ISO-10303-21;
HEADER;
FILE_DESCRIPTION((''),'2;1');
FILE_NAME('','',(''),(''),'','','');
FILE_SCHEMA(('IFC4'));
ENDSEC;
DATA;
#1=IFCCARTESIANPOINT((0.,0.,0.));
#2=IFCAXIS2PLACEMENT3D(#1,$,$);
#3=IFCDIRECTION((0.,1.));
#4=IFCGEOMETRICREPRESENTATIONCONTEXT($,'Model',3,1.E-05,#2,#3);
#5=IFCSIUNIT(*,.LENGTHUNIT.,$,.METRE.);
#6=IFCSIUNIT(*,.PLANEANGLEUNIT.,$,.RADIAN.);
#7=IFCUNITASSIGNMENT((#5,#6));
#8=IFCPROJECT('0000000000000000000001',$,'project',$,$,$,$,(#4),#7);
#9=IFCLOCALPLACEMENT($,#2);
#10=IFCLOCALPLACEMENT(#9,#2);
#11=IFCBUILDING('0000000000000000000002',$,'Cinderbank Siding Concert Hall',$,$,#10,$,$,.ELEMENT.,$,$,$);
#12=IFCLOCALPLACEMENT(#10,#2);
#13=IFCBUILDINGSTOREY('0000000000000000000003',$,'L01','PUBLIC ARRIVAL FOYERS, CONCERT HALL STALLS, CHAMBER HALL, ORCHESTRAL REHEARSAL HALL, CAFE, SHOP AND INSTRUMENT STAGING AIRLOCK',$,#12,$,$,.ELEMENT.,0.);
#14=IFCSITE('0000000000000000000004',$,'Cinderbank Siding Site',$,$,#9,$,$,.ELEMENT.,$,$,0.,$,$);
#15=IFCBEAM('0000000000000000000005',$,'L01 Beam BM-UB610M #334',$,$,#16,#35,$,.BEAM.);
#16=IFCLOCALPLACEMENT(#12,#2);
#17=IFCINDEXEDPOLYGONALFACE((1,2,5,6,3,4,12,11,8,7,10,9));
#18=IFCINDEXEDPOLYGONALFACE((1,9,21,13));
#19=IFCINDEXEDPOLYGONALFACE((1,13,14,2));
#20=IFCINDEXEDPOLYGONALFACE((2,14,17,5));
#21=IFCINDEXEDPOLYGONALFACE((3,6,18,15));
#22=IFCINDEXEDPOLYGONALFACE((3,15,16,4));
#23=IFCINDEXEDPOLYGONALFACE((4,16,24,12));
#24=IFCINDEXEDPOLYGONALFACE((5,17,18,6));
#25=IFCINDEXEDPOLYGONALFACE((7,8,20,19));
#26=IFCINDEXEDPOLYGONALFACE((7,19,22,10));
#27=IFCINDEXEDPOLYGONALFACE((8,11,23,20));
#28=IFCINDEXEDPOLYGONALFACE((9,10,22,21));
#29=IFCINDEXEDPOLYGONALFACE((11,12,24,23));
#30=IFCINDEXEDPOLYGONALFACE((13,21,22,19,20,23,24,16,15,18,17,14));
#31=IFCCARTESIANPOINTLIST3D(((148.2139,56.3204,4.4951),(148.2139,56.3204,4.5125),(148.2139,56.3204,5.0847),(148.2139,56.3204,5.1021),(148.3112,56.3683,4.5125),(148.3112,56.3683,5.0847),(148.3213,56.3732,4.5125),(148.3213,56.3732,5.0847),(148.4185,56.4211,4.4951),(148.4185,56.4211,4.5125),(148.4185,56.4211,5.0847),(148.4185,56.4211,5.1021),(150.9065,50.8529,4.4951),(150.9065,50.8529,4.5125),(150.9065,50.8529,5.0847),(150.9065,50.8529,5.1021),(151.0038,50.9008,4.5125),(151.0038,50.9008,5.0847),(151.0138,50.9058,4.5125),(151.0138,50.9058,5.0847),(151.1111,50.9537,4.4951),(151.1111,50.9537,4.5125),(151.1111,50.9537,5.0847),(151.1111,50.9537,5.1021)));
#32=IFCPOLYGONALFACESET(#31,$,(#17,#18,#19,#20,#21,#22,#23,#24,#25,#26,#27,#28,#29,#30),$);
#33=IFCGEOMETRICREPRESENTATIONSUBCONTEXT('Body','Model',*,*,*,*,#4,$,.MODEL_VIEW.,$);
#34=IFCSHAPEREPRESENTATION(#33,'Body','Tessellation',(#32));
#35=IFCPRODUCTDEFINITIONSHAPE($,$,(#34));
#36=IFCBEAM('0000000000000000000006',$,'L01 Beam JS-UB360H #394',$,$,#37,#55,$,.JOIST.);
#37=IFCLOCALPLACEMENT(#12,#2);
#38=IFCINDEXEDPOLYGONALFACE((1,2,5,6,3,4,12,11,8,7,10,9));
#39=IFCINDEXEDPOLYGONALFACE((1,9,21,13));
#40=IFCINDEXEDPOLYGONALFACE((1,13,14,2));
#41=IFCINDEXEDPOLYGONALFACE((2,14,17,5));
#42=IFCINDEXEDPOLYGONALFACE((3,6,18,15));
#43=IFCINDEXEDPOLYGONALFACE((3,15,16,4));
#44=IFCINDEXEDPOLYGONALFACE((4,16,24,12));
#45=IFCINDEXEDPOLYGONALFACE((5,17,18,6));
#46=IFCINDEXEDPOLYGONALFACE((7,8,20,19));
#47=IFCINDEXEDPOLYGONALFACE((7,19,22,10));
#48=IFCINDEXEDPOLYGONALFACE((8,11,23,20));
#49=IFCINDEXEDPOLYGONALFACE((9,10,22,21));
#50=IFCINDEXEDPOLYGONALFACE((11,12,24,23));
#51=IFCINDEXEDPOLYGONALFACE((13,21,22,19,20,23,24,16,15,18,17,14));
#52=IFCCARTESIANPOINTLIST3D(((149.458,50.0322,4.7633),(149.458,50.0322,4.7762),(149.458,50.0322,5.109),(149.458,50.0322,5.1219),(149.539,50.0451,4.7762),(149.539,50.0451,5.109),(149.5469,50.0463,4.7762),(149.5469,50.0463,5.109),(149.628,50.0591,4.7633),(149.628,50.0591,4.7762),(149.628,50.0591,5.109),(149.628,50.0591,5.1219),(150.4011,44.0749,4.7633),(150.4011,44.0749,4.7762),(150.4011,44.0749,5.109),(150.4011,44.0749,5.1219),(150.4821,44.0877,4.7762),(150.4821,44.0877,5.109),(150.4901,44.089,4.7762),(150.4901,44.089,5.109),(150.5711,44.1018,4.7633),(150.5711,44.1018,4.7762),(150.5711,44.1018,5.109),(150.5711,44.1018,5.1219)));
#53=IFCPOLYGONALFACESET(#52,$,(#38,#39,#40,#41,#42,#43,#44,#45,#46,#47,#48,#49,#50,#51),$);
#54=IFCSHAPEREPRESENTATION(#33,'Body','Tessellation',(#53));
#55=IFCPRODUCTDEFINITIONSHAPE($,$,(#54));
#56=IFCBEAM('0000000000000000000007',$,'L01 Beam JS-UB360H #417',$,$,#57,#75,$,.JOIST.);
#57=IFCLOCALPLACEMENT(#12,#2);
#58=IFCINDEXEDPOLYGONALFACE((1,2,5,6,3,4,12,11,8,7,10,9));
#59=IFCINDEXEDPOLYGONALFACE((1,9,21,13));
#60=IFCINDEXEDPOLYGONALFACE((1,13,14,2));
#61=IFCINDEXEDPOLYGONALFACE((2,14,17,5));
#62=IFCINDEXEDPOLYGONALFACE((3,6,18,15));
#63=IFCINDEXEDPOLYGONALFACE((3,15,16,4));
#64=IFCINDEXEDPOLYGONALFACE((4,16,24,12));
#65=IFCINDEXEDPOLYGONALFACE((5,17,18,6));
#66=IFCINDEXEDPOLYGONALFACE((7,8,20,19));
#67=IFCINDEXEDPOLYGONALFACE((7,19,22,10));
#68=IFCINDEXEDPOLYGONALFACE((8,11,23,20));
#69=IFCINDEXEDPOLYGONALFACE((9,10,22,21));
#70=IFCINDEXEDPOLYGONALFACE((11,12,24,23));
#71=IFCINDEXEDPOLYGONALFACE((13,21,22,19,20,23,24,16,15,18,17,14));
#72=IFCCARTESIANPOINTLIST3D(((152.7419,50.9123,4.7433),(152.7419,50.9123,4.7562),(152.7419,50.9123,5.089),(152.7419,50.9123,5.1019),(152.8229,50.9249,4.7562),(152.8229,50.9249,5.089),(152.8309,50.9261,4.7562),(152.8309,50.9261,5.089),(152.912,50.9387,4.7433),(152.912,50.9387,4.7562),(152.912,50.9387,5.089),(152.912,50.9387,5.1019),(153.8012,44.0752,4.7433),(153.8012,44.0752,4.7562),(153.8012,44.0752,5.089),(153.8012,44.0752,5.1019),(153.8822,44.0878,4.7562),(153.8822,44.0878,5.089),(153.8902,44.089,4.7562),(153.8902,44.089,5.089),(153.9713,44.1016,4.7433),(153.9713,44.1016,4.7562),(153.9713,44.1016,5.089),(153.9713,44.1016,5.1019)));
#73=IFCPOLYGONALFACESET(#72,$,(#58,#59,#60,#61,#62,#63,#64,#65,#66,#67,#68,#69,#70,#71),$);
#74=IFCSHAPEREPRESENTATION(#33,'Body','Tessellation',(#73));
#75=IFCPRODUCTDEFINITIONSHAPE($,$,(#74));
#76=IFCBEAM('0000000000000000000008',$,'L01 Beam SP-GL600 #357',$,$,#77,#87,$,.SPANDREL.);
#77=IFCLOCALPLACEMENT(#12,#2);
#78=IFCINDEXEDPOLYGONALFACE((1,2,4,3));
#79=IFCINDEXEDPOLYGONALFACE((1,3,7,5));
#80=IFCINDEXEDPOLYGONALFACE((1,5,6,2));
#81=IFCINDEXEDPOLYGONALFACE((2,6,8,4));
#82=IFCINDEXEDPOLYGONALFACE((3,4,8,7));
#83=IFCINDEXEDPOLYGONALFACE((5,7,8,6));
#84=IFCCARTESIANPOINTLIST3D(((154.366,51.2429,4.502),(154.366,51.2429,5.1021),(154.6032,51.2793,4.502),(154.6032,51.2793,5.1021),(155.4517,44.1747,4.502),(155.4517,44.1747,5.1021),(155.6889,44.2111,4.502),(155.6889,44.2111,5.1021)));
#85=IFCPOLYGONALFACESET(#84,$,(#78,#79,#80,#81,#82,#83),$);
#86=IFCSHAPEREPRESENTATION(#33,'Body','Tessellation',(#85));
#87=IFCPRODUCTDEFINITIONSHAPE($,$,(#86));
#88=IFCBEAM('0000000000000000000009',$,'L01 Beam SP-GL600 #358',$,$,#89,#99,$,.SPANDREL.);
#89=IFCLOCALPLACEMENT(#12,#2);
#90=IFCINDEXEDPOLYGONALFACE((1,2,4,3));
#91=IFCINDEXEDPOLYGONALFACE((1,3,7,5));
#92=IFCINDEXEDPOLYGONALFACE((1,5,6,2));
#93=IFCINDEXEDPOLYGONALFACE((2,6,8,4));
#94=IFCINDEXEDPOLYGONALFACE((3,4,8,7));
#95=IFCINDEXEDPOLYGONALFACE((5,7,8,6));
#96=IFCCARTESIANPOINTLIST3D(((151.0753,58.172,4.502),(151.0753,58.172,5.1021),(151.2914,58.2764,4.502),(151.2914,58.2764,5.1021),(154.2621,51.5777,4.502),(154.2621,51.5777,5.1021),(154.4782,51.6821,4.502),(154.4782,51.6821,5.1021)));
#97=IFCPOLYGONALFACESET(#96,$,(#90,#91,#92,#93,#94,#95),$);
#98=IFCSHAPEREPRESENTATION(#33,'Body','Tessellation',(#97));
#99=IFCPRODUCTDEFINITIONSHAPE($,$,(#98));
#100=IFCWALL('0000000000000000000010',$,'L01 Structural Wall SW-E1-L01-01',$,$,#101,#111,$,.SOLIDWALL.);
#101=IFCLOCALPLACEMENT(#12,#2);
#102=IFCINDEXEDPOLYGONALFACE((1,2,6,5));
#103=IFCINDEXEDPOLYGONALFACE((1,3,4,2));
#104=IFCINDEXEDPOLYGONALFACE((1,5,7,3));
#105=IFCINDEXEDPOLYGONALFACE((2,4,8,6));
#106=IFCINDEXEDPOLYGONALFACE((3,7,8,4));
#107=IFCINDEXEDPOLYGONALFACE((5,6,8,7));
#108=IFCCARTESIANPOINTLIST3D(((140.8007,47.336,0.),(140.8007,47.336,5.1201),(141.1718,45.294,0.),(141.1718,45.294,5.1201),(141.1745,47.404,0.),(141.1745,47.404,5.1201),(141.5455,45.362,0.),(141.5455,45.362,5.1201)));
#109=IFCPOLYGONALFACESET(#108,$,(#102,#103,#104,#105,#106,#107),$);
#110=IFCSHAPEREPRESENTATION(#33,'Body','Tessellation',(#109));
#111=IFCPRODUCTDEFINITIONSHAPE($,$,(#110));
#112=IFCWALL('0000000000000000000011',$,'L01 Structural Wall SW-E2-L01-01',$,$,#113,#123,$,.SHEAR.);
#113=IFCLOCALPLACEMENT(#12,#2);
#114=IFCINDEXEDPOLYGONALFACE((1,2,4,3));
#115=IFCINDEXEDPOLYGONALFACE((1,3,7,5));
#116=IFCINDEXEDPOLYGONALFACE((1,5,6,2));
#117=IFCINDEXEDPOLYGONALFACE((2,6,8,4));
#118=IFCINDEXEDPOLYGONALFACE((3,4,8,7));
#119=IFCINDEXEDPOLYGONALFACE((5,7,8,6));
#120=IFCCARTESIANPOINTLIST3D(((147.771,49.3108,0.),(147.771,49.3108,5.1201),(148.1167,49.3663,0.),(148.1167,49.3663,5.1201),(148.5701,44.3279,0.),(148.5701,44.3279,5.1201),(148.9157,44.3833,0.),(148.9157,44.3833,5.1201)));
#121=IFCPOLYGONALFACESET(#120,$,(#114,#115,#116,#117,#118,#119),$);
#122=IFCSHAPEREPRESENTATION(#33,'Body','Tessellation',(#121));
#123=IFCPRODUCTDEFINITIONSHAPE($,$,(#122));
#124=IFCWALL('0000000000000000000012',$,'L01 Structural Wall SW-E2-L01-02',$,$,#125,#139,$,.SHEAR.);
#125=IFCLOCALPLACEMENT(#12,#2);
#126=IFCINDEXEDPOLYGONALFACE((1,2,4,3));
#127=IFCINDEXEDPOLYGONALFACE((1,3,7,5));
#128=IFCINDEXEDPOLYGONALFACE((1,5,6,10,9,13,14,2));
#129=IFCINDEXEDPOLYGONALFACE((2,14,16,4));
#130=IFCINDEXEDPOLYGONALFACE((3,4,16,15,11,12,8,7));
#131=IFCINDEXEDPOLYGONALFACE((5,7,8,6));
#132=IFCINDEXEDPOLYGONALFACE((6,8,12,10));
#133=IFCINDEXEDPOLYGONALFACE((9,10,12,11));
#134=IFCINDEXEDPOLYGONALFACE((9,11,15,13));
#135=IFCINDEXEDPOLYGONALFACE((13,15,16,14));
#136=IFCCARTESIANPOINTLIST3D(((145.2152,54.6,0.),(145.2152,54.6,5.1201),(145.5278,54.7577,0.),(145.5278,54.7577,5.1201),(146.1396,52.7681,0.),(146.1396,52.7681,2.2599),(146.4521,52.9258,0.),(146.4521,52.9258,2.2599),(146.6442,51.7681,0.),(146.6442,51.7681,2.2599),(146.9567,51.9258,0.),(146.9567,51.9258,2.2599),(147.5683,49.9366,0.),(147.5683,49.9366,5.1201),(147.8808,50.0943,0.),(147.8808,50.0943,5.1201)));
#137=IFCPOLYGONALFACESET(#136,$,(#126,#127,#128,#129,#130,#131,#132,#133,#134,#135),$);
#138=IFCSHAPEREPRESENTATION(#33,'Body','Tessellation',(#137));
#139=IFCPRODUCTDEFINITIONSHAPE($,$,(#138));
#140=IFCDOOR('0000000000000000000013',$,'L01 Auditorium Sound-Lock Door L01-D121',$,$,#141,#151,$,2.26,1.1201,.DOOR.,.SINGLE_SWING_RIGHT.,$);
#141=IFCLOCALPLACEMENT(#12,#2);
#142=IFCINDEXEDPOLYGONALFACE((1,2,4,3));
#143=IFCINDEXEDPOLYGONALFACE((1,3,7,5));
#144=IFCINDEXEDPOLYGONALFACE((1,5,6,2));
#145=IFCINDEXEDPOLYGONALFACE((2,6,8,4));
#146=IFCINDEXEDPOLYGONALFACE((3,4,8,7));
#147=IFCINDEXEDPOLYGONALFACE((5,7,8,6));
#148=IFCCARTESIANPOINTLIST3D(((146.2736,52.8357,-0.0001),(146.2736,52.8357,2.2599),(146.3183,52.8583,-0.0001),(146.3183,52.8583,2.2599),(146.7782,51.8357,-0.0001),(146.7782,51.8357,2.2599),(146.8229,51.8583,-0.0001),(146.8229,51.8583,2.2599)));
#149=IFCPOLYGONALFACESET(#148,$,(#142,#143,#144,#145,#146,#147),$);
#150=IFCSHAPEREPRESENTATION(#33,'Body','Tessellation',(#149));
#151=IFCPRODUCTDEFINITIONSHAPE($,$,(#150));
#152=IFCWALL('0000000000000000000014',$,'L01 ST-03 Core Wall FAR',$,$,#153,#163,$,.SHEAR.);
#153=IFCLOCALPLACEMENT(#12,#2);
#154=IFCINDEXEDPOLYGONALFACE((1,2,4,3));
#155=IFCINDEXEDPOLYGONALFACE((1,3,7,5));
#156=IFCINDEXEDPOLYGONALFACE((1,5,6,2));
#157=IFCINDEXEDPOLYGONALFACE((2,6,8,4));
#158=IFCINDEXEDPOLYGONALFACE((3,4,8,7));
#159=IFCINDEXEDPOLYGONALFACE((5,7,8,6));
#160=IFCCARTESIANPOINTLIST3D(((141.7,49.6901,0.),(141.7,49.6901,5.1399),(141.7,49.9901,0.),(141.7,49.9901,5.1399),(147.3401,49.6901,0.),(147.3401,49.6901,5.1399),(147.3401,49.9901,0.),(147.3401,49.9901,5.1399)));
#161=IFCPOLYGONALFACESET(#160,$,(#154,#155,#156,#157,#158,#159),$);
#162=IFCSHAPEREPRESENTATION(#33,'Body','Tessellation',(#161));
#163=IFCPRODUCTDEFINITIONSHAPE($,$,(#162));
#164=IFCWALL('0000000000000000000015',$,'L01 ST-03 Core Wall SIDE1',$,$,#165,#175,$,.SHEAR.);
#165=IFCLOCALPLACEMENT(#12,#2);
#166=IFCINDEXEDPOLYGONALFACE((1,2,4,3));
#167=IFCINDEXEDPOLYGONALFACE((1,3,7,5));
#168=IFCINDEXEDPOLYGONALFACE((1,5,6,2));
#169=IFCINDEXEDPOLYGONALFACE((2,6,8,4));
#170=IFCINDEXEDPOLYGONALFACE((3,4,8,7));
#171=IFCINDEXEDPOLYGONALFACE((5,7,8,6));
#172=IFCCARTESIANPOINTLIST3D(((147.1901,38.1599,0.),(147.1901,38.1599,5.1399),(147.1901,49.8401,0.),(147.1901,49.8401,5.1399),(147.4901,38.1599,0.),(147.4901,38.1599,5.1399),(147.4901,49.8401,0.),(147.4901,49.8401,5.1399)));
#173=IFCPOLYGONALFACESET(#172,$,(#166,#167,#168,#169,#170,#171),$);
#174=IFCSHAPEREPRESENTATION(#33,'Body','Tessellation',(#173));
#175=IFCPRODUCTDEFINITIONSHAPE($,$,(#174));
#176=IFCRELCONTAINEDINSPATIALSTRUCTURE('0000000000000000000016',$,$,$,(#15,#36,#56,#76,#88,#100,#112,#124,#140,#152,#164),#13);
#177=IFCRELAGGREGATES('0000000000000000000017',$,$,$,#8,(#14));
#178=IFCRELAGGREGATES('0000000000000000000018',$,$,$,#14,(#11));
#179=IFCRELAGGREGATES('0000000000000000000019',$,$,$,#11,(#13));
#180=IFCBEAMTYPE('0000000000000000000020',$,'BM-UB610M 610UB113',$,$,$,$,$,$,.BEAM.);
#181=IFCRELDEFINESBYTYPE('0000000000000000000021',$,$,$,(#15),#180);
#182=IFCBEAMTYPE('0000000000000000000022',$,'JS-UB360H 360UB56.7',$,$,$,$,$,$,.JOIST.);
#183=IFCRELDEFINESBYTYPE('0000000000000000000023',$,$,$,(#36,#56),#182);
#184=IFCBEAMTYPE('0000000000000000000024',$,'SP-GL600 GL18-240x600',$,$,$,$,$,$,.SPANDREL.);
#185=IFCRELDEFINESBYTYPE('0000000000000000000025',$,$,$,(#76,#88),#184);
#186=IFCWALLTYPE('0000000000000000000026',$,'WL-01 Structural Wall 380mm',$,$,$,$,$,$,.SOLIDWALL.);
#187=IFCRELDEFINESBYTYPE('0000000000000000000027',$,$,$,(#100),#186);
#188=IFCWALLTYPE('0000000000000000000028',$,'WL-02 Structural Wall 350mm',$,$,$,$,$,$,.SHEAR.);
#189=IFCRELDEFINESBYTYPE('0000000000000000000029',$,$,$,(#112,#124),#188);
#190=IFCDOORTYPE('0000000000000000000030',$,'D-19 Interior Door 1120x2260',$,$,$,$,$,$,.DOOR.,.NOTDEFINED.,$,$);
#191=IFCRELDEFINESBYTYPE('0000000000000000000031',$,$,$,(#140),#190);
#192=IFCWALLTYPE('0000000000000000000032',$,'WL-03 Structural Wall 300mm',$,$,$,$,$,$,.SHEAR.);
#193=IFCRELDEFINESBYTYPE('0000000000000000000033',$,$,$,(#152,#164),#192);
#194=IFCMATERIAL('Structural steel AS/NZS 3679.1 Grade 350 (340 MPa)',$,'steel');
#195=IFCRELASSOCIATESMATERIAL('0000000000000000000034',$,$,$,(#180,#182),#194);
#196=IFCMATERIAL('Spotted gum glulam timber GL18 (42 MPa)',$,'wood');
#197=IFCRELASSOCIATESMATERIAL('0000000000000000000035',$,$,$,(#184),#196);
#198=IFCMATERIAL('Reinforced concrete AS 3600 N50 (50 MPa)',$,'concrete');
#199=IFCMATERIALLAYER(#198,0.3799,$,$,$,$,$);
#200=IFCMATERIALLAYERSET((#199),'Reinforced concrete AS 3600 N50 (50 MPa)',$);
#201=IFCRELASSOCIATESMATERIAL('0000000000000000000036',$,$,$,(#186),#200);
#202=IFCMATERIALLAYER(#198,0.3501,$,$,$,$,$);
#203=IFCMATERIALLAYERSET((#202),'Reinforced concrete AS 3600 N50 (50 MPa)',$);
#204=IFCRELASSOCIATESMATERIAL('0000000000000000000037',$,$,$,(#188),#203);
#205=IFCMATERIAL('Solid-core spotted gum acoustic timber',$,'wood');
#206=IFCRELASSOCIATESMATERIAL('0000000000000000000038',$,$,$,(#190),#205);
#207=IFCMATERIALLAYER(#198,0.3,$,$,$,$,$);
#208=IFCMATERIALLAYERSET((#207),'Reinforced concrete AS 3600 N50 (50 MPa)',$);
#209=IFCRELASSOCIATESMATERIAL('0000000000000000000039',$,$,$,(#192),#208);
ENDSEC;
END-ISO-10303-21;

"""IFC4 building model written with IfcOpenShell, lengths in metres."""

from ifc_helpers import new_model, si_unit, direction, frame, frame_2d, origin, origin_2d, place, context, subcontext, project, spatial, rectangle, i_section, extrude, material, layer, layer_set, material_profile, profile_set, type_object, element, fill, save


model = new_model("IFC4")

# Units and contexts
model_context = context("Model", 3, precision=1e-05, world=origin(), true_north=direction((0.0, 1.0)))
body_context = subcontext(model_context, "Body", "Model", "MODEL_VIEW")
ifc_project = project(units=[si_unit("LENGTHUNIT", "METRE"), si_unit("PLANEANGLEUNIT", "RADIAN")], contexts=[model_context])

# Site, building, storey
site_placement = place(None, origin())
site = spatial("IfcSite", under=ifc_project, at=site_placement, Name="Cinderbank Siding Site", CompositionType="ELEMENT", RefElevation=0.0)
building_placement = place(site_placement, origin())
building = spatial("IfcBuilding", under=site, at=building_placement, Name="Cinderbank Siding Concert Hall", CompositionType="ELEMENT")
storey_placement = place(building_placement, origin())
storey = spatial("IfcBuildingStorey", under=building, at=storey_placement, Name="L01", Description="PUBLIC ARRIVAL FOYERS, CONCERT HALL STALLS, CHAMBER HALL, ORCHESTRAL REHEARSAL HALL, CAFE, SHOP AND INSTRUMENT STAGING AIRLOCK", CompositionType="ELEMENT", Elevation=0.0)

# Shared definitions
ifc_material_1 = material(Name="Reinforced concrete AS 3600 N50 (50 MPa)", Category="concrete")

# Beams
ifc_material_2 = material(Name="Structural steel AS/NZS 3679.1 Grade 350 (340 MPa)", Category="steel")
ifc_material_profile_1 = material_profile(ifc_material_2, i_section(OverallWidth=0.228, OverallDepth=0.6069, WebThickness=0.0112, FlangeThickness=0.0173, at=origin_2d()), Name="610UB113", Category="LoadBearing")
ifc_profile_set_1 = profile_set([ifc_material_profile_1], Name="Structural steel AS/NZS 3679.1 Grade 350 (340 MPa)")
beam_type_1 = type_object("IfcBeamType", Name="BM-UB610M 610UB113", PredefinedType="BEAM", material=ifc_profile_set_1)
beam_1_placement = place(storey_placement, frame((151.0088, 50.9033, 4.7986), z_axis=(-0.441806, 0.897111, 0.0), x_axis=(-0.897111, -0.441806, 0.0)))
element("IfcBeam", 1, at=beam_1_placement, inside=storey, type_object=beam_type_1, Name="L01 Beam BM-UB610M #334", PredefinedType="BEAM", context=body_context, shape_type="SweptSolid", body=[
    extrude(i_section(OverallWidth=0.228, OverallDepth=0.6069, WebThickness=0.0112, FlangeThickness=0.0173, at=origin_2d()), origin(), (0.0, 0.0, 1.0), 6.0945),
])
ifc_material_profile_2 = material_profile(ifc_material_2, i_section(OverallWidth=0.1721, OverallDepth=0.3586, WebThickness=0.0081, FlangeThickness=0.0129, at=origin_2d()), Name="360UB56.7", Category="LoadBearing")
ifc_profile_set_2 = profile_set([ifc_material_profile_2], Name="Structural steel AS/NZS 3679.1 Grade 350 (340 MPa)")
beam_type_2 = type_object("IfcBeamType", Name="JS-UB360H 360UB56.7", PredefinedType="JOIST", material=ifc_profile_set_2)
beam_2_placement = place(storey_placement, frame((150.4861, 44.0884, 4.9426), z_axis=(-0.156366, 0.987699, 0.0), x_axis=(-0.987699, -0.156366, 0.0)))
element("IfcBeam", 2, at=beam_2_placement, inside=storey, type_object=beam_type_2, Name="L01 Beam JS-UB360H #394", PredefinedType="JOIST", context=body_context, shape_type="SweptSolid", body=[
    extrude(i_section(OverallWidth=0.1721, OverallDepth=0.3586, WebThickness=0.0081, FlangeThickness=0.0129, at=origin_2d()), origin(), (0.0, 0.0, 1.0), 6.0315),
])
beam_3_placement = place(storey_placement, frame((153.8862, 44.0884, 4.9226), z_axis=(-0.15311, 0.988209, 0.0), x_axis=(-0.988209, -0.15311, 0.0)))
element("IfcBeam", 3, at=beam_3_placement, inside=storey, type_object=beam_type_2, Name="L01 Beam JS-UB360H #417", PredefinedType="JOIST", context=body_context, shape_type="SweptSolid", body=[
    extrude(i_section(OverallWidth=0.1721, OverallDepth=0.3586, WebThickness=0.0081, FlangeThickness=0.0129, at=origin_2d()), origin(), (0.0, 0.0, 1.0), 6.9187),
])
ifc_material_3 = material(Name="Spotted gum glulam timber GL18 (42 MPa)", Category="wood")
ifc_material_profile_3 = material_profile(ifc_material_3, rectangle(XDim=0.24, YDim=0.6001, at=origin_2d()), Name="GL18-240x600", Category="LoadBearing")
ifc_profile_set_3 = profile_set([ifc_material_profile_3], Name="Spotted gum glulam timber GL18 (42 MPa)")
beam_type_3 = type_object("IfcBeamType", Name="SP-GL600 GL18-240x600", PredefinedType="SPANDREL", material=ifc_profile_set_3)
beam_4_placement = place(storey_placement, frame((155.5703, 44.1929, 4.802), z_axis=(-0.151824, 0.988408, 0.0), x_axis=(-0.988408, -0.151824, 0.0)))
element("IfcBeam", 4, at=beam_4_placement, inside=storey, type_object=beam_type_3, Name="L01 Beam SP-GL600 #357", PredefinedType="SPANDREL", context=body_context, shape_type="SweptSolid", body=[
    extrude(rectangle(XDim=0.24, YDim=0.6001, at=origin_2d()), origin(), (0.0, 0.0, 1.0), 7.1511),
])
beam_5_placement = place(storey_placement, frame((154.3701, 51.6299, 4.802), z_axis=(-0.435119, 0.900373, 0.0), x_axis=(-0.900373, -0.435119, 0.0)))
element("IfcBeam", 5, at=beam_5_placement, inside=storey, type_object=beam_type_3, Name="L01 Beam SP-GL600 #358", PredefinedType="SPANDREL", context=body_context, shape_type="SweptSolid", body=[
    extrude(rectangle(XDim=0.24, YDim=0.6001, at=origin_2d()), origin(), (0.0, 0.0, 1.0), 7.324),
])

# Walls
ifc_layer_1 = layer(ifc_material_1, 0.3799)
ifc_layer_set_1 = layer_set([ifc_layer_1], Name="Reinforced concrete AS 3600 N50 (50 MPa)")
wall_type_1 = type_object("IfcWallType", Name="WL-01 Structural Wall 380mm", PredefinedType="SOLIDWALL", material=ifc_layer_set_1)
wall_1_placement = place(storey_placement, frame((141.3586, 45.3281, 0.0), z_axis=(0.0, 0.0, 1.0), x_axis=(-0.178803, 0.983885, 0.0)))
element("IfcWall", 6, at=wall_1_placement, inside=storey, type_object=wall_type_1, Name="L01 Structural Wall SW-E1-L01-01", PredefinedType="SOLIDWALL", context=body_context, shape_type="SweptSolid", body=[
    extrude(rectangle(XDim=2.0754, YDim=0.3799, at=frame_2d((1.0376, 0.0))), origin(), (0.0, 0.0, 1.0), 5.1201),
])
ifc_layer_2 = layer(ifc_material_1, 0.3501)
ifc_layer_set_2 = layer_set([ifc_layer_2], Name="Reinforced concrete AS 3600 N50 (50 MPa)")
wall_type_2 = type_object("IfcWallType", Name="WL-02 Structural Wall 350mm", PredefinedType="SHEAR", material=ifc_layer_set_2)
wall_2_placement = place(storey_placement, frame((148.7429, 44.3555, 0.0), z_axis=(0.0, 0.0, 1.0), x_axis=(-0.15834, 0.987385, 0.0)))
element("IfcWall", 7, at=wall_2_placement, inside=storey, type_object=wall_type_2, Name="L01 Structural Wall SW-E2-L01-01", PredefinedType="SHEAR", context=body_context, shape_type="SweptSolid", body=[
    extrude(rectangle(XDim=5.0466, YDim=0.3501, at=frame_2d((2.5234, 0.0))), origin(), (0.0, 0.0, 1.0), 5.1201),
])

# Wall, opening, door
wall_3_placement = place(storey_placement, frame((147.7246, 50.0154, 0.0), z_axis=(0.0, 0.0, 1.0), x_axis=(-0.450482, 0.892785, 0.0)))
wall_3 = element("IfcWall", 8, at=wall_3_placement, inside=storey, type_object=wall_type_2, Name="L01 Structural Wall SW-E2-L01-02", PredefinedType="SHEAR", context=body_context, shape_type="SweptSolid", body=[
    extrude(rectangle(XDim=5.2234, YDim=0.3501, at=frame_2d((2.6118, 0.0))), origin(), (0.0, 0.0, 1.0), 5.1201),
])
opening_1_placement = place(wall_3_placement, frame((2.0515, 0.0, 0.0)))
opening_1 = element("IfcOpeningElement", 9, at=opening_1_placement, cuts=wall_3, PredefinedType="OPENING", context=body_context, shape_type="SweptSolid", body=[
    extrude(rectangle(XDim=1.1201, YDim=2.26, at=frame_2d((0.5601, 1.1299))), frame((0.0, 0.187, 0.0), z_axis=(0.0, -1.0, 0.0), x_axis=(1.0, 0.0, 0.0)), (0.0, 0.0, 1.0), 0.374),
])
ifc_material_4 = material(Name="Solid-core spotted gum acoustic timber", Category="wood")
door_type_1 = type_object("IfcDoorType", Name="D-19 Interior Door 1120x2260", OperationType="NOTDEFINED", PredefinedType="DOOR", material=ifc_material_4)
door_1_placement = place(opening_1_placement, origin())
door_1 = element("IfcDoor", 10, at=door_1_placement, inside=storey, type_object=door_type_1, Name="L01 Auditorium Sound-Lock Door L01-D121", OperationType="SINGLE_SWING_RIGHT", OverallHeight=2.26, OverallWidth=1.1201, PredefinedType="DOOR", context=body_context, shape_type="SweptSolid", body=[
    extrude(rectangle(XDim=1.1201, YDim=2.26, at=frame_2d((0.5601, 1.1299))), frame((0.0, 0.0249, 0.0), z_axis=(0.0, -1.0, 0.0), x_axis=(1.0, 0.0, 0.0)), (0.0, 0.0, 1.0), 0.05),
])
fill(opening_1, door_1)

# Walls
ifc_layer_3 = layer(ifc_material_1, 0.3)
ifc_layer_set_3 = layer_set([ifc_layer_3], Name="Reinforced concrete AS 3600 N50 (50 MPa)")
wall_type_3 = type_object("IfcWallType", Name="WL-03 Structural Wall 300mm", PredefinedType="SHEAR", material=ifc_layer_set_3)
wall_4_placement = place(storey_placement, frame((141.7, 49.8401, 0.0), z_axis=(0.0, 0.0, 1.0), x_axis=(1.0, 0.0, 0.0)))
element("IfcWall", 11, at=wall_4_placement, inside=storey, type_object=wall_type_3, Name="L01 ST-03 Core Wall FAR", PredefinedType="SHEAR", context=body_context, shape_type="SweptSolid", body=[
    extrude(rectangle(XDim=5.6401, YDim=0.3, at=frame_2d((2.8201, 0.0))), origin(), (0.0, 0.0, 1.0), 5.1399),
])
wall_5_placement = place(storey_placement, frame((147.3401, 49.8401, 0.0), z_axis=(0.0, 0.0, 1.0), x_axis=(0.0, -1.0, 0.0)))
element("IfcWall", 12, at=wall_5_placement, inside=storey, type_object=wall_type_3, Name="L01 ST-03 Core Wall SIDE1", PredefinedType="SHEAR", context=body_context, shape_type="SweptSolid", body=[
    extrude(rectangle(XDim=11.6802, YDim=0.3, at=frame_2d((5.8401, 0.0))), origin(), (0.0, 0.0, 1.0), 5.1399),
])

save(model, "model.ifc")
